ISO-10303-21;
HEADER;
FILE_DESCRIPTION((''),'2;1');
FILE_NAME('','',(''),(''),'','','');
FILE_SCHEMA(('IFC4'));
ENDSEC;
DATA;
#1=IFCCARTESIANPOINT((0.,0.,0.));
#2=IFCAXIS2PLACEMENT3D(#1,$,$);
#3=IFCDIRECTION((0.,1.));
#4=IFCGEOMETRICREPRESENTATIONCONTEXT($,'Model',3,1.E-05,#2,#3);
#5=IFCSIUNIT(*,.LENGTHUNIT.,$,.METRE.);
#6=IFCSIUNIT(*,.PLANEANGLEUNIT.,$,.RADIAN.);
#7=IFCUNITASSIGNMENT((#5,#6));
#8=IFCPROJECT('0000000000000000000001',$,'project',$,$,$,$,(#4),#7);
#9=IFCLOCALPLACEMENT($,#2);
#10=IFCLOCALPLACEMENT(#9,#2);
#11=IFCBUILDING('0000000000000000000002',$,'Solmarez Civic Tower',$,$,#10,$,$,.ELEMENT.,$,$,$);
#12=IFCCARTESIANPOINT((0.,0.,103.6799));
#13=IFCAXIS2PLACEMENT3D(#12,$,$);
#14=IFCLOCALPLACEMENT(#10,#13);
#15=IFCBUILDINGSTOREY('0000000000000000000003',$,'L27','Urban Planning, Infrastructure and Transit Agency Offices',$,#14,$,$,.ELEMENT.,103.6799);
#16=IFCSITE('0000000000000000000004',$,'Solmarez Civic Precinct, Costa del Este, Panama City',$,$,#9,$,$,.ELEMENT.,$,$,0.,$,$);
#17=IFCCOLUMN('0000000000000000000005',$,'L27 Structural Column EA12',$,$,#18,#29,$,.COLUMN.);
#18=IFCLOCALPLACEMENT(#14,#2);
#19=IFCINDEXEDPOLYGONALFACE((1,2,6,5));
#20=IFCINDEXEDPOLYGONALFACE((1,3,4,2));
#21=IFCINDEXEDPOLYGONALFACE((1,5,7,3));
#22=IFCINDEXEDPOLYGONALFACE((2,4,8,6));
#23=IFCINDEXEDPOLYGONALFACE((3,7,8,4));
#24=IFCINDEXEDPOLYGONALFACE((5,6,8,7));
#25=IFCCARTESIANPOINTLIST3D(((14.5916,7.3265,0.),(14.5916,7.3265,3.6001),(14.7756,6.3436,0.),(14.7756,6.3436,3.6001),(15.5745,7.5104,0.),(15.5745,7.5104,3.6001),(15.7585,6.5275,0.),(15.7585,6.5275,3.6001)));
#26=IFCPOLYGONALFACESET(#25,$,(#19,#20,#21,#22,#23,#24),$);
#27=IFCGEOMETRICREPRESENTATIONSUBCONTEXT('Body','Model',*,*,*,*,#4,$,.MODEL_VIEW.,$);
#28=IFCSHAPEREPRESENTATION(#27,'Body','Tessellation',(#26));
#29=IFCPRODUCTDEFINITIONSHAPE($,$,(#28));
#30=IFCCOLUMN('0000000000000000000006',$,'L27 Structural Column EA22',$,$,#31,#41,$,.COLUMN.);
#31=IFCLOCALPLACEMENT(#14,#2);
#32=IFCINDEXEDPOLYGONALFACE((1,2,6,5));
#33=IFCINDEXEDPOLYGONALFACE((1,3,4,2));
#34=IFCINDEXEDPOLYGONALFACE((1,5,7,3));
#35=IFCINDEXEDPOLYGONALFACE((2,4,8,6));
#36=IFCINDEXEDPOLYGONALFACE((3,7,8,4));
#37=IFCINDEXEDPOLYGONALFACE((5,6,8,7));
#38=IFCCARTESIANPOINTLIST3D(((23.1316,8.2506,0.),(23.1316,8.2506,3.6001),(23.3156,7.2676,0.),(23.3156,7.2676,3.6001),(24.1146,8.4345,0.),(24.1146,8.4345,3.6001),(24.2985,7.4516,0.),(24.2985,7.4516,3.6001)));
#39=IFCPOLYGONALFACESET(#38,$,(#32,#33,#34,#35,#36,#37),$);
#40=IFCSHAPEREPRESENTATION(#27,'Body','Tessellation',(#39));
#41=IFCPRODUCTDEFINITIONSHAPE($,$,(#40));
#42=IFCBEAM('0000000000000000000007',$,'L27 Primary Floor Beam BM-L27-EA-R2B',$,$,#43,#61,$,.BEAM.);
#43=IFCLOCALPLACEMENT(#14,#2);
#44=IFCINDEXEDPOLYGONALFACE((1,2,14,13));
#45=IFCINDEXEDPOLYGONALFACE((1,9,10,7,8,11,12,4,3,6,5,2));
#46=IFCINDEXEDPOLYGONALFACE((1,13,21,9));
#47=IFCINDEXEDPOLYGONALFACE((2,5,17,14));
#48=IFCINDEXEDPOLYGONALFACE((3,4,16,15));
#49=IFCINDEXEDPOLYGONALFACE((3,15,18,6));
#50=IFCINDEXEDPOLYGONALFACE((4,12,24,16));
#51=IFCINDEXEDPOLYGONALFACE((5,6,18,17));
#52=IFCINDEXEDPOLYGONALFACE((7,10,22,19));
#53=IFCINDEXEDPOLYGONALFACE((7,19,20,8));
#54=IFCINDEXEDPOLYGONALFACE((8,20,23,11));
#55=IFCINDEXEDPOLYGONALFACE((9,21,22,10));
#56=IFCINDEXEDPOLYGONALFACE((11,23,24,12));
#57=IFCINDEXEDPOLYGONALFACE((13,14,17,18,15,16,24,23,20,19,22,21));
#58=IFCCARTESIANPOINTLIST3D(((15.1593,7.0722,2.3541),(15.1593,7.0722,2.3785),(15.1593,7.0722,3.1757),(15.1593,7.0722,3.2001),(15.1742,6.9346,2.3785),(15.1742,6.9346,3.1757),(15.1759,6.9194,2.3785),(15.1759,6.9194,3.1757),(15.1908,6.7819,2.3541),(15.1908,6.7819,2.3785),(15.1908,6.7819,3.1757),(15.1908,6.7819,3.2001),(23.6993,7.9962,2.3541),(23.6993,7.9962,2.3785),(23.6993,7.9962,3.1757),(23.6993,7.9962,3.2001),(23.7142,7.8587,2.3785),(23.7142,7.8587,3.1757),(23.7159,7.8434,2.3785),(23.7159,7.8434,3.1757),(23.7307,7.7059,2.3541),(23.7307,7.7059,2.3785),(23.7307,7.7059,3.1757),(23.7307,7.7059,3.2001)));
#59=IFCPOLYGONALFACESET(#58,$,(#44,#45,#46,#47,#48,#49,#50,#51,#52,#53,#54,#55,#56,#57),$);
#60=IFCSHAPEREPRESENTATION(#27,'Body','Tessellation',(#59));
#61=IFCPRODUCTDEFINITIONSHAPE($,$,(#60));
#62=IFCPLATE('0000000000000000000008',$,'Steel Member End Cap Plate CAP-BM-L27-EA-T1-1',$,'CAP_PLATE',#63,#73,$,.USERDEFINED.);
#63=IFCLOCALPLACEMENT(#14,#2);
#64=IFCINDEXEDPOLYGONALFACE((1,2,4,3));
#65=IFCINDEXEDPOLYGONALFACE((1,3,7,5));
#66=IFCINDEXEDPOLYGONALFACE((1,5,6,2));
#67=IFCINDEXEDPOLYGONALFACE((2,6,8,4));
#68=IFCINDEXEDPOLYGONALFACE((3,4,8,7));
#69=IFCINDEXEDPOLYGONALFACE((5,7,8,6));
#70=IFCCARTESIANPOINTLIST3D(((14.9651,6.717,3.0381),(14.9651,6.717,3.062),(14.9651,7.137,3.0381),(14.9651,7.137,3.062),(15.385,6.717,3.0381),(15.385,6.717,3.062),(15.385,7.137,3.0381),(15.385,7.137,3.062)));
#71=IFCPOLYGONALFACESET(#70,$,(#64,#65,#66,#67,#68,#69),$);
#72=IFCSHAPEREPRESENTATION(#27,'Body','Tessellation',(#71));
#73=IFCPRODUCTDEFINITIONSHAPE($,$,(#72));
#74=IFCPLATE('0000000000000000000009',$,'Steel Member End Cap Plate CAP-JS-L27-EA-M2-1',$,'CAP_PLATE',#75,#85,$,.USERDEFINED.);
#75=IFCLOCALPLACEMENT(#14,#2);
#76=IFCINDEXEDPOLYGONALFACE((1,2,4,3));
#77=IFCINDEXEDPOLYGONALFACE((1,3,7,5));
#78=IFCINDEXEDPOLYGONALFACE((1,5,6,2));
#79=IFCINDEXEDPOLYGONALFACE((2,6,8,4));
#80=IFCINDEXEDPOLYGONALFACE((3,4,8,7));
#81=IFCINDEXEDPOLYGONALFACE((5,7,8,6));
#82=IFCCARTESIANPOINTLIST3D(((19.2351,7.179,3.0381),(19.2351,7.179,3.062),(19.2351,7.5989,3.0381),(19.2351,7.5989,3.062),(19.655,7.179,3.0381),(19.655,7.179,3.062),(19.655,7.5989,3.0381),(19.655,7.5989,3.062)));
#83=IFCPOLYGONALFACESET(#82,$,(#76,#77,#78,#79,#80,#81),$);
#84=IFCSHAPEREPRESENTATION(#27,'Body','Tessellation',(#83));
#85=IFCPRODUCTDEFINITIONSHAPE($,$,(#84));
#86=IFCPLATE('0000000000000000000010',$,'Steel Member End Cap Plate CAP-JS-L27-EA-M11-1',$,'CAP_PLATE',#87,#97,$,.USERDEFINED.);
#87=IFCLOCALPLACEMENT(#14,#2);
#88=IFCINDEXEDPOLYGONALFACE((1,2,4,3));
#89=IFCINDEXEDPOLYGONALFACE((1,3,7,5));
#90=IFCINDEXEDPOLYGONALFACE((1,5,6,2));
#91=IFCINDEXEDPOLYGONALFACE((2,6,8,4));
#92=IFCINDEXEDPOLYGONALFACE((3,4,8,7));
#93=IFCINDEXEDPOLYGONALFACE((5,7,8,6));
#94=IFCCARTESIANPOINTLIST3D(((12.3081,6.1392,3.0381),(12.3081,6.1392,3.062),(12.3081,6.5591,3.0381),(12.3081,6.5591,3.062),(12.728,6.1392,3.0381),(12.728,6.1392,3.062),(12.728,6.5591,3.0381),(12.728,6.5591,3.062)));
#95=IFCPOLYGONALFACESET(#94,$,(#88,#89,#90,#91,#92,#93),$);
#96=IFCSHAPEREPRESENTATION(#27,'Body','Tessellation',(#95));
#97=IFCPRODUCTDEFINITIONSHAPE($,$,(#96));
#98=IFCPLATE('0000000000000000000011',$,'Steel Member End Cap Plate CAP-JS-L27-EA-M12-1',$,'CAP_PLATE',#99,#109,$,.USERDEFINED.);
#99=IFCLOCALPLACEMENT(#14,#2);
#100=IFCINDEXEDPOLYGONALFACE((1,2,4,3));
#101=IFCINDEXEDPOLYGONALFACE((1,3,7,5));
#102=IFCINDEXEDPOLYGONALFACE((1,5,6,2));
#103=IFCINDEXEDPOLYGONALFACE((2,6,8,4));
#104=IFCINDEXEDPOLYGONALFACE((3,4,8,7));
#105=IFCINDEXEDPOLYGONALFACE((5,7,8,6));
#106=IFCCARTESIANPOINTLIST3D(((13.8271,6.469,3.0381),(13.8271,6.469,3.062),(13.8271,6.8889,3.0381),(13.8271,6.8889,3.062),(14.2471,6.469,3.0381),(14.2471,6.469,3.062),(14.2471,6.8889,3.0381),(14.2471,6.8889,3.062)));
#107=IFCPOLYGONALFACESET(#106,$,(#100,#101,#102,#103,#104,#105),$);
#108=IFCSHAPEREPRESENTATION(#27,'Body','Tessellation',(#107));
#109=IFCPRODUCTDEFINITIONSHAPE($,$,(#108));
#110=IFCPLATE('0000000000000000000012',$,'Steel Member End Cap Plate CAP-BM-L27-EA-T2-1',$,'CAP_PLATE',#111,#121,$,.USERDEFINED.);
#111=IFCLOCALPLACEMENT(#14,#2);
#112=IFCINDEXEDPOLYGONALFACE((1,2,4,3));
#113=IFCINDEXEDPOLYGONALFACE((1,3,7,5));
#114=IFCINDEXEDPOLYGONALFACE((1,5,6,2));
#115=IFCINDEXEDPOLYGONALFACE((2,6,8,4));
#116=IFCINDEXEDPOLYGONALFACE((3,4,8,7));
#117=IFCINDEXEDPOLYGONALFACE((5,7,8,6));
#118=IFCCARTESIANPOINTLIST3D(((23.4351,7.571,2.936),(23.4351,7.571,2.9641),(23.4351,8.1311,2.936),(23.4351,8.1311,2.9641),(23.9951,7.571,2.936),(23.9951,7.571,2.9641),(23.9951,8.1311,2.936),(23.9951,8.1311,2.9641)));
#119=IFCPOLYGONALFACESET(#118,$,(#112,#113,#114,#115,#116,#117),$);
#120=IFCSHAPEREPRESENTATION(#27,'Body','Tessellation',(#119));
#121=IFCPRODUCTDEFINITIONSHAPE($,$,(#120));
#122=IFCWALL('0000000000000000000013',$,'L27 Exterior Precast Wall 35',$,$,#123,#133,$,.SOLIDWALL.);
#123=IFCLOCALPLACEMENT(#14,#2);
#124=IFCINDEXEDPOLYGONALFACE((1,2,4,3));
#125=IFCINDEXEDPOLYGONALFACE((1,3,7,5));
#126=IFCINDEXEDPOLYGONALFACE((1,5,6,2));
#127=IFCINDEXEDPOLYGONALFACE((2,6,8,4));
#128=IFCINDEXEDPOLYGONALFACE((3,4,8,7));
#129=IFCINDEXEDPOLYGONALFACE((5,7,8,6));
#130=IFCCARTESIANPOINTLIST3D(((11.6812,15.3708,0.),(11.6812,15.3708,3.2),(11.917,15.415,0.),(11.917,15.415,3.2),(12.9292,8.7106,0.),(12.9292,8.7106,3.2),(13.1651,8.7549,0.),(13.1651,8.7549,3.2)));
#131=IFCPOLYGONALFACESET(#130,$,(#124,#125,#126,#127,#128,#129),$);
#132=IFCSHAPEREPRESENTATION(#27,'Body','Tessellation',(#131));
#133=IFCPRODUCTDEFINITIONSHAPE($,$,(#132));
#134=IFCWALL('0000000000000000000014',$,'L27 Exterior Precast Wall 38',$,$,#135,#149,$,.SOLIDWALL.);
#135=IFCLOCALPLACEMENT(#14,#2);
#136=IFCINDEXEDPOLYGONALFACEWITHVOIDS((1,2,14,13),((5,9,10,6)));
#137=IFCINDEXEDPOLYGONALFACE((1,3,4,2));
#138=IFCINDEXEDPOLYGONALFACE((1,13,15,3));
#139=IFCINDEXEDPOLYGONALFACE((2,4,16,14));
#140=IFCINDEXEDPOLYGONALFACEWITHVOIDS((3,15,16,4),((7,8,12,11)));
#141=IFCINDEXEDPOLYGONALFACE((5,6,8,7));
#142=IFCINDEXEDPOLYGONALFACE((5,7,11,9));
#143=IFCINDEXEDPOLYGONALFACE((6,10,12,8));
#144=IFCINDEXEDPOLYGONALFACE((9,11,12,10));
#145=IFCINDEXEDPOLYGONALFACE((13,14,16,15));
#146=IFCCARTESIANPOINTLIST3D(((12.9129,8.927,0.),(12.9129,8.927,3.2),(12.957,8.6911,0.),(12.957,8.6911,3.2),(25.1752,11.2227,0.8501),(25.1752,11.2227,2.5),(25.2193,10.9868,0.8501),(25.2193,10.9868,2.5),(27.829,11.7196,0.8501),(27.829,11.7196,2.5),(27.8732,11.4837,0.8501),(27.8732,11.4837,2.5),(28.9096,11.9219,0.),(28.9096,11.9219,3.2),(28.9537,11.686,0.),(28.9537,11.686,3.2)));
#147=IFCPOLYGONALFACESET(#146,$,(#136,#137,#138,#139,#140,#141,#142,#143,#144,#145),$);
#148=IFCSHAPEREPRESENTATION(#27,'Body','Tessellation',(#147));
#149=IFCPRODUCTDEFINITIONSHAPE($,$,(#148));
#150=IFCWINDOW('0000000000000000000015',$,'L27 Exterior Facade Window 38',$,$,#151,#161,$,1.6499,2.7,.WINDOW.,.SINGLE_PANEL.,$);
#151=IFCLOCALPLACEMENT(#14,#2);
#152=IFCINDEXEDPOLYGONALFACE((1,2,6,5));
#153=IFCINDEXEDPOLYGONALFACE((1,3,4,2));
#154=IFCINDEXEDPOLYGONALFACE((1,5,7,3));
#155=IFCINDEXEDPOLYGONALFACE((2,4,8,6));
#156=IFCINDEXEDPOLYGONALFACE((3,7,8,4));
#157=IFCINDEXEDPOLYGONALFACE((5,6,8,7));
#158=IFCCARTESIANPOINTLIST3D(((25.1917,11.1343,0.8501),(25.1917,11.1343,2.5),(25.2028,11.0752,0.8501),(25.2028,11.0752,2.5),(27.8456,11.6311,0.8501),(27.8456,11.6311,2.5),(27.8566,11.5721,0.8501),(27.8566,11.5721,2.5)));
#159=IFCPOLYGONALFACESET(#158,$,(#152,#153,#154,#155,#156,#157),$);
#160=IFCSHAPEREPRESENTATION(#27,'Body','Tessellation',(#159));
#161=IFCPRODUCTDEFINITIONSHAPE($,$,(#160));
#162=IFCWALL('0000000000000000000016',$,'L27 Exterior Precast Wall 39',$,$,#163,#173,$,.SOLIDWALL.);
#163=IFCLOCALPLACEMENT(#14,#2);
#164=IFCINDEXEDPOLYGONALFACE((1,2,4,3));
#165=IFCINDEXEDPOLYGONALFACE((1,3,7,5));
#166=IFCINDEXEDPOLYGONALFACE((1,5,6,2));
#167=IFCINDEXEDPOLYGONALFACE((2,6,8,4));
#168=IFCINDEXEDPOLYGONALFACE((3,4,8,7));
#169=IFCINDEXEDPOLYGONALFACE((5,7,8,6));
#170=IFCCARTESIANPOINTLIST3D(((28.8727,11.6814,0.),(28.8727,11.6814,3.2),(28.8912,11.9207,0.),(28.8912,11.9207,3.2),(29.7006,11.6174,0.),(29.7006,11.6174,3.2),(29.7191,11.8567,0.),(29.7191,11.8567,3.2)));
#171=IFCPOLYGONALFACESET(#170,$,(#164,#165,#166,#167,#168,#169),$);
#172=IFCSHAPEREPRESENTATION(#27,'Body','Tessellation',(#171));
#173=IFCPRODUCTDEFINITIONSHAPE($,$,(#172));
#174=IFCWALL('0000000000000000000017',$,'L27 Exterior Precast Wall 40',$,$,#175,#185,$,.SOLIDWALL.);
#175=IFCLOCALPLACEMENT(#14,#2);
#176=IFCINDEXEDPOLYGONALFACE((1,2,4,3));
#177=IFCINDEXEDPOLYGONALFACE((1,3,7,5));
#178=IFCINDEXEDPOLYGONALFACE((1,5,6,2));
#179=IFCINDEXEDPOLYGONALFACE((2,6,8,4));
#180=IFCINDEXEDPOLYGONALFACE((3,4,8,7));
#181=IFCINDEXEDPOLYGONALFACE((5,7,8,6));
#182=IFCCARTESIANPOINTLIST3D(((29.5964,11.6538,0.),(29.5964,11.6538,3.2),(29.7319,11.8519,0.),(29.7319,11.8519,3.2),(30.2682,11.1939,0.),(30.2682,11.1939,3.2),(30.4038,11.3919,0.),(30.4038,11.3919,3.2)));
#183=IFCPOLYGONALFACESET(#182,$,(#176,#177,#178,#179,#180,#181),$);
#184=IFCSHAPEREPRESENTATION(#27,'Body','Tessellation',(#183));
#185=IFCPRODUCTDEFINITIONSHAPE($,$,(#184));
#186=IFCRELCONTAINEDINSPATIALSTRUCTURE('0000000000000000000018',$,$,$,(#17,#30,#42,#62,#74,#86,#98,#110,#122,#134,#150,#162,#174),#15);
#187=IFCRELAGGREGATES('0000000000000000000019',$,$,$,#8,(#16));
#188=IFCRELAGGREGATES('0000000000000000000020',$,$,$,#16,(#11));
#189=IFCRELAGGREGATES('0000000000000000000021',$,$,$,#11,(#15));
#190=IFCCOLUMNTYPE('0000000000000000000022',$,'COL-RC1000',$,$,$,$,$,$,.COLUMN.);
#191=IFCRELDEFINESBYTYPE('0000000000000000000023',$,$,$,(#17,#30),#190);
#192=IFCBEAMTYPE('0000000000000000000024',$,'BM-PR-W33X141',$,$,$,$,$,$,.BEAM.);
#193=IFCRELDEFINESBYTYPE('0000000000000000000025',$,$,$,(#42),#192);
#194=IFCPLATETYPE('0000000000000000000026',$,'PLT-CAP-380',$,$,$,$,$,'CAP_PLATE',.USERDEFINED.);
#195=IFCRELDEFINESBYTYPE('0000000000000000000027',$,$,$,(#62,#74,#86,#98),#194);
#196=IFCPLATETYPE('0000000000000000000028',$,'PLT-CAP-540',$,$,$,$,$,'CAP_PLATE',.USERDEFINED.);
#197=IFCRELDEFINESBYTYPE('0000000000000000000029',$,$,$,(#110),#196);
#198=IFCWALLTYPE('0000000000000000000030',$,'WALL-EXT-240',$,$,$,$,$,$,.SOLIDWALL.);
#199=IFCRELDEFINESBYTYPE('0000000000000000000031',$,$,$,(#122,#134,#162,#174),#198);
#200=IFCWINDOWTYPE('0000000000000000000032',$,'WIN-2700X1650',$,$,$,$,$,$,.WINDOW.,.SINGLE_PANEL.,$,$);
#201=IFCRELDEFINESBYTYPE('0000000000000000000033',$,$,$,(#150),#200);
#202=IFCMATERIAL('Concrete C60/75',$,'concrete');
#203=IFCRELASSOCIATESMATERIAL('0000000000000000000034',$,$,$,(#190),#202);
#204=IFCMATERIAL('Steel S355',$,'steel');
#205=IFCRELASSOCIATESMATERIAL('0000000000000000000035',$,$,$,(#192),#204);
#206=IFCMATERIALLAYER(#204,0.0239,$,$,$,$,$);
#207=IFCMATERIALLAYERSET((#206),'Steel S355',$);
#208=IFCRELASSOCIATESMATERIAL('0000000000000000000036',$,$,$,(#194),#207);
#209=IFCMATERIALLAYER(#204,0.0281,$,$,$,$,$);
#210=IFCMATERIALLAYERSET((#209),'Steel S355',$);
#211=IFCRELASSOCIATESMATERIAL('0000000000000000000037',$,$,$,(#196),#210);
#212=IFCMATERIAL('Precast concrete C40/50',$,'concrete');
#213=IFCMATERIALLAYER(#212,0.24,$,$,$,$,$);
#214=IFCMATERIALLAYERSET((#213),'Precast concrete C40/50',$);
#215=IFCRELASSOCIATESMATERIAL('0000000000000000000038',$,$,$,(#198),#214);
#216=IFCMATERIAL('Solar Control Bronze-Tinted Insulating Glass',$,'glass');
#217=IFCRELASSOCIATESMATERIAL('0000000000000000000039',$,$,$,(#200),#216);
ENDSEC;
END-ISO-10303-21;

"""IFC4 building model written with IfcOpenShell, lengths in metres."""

from ifc_helpers import new_model, si_unit, direction, frame, frame_2d, origin, origin_2d, place, context, subcontext, project, spatial, rectangle, i_section, extrude, material, layer, layer_set, material_profile, profile_set, type_object, element, fill, save


model = new_model("IFC4")

# Units and contexts
model_context = context("Model", 3, precision=1e-05, world=origin(), true_north=direction((0.0, 1.0)))
body_context = subcontext(model_context, "Body", "Model", "MODEL_VIEW")
ifc_project = project(units=[si_unit("LENGTHUNIT", "METRE"), si_unit("PLANEANGLEUNIT", "RADIAN")], contexts=[model_context])

# Site, building, storey
site_placement = place(None, origin())
site = spatial("IfcSite", under=ifc_project, at=site_placement, Name="Solmarez Civic Precinct, Costa del Este, Panama City", CompositionType="ELEMENT", RefElevation=0.0)
building_placement = place(site_placement, origin())
building = spatial("IfcBuilding", under=site, at=building_placement, Name="Solmarez Civic Tower", CompositionType="ELEMENT")
storey_placement = place(building_placement, frame((0.0, 0.0, 103.6799)))
storey = spatial("IfcBuildingStorey", under=building, at=storey_placement, Name="L27", Description="Urban Planning, Infrastructure and Transit Agency Offices", CompositionType="ELEMENT", Elevation=103.6799)

# Columns
ifc_material_1 = material(Name="Concrete C60/75", Category="concrete")
ifc_material_profile_1 = material_profile(ifc_material_1, rectangle(XDim=1.0, YDim=1.0, at=origin_2d()), Name="RC1000X1000")
ifc_profile_set_1 = profile_set([ifc_material_profile_1], Name="Concrete C60/75")
column_type = type_object("IfcColumnType", Name="COL-RC1000", PredefinedType="COLUMN", material=ifc_profile_set_1)
for number, where, z_axis, x_axis, name in (
    (1, (15.175, 6.927, 0.0), (0.0, 0.0, 1.0), (0.982935, 0.183951, 0.0), "L27 Structural Column EA12"),
    (2, (23.7151, 7.8511, 0.0), (0.0, 0.0, 1.0), (0.982935, 0.183951, 0.0), "L27 Structural Column EA22"),
):
    element("IfcColumn", number, at=place(storey_placement, frame(where, z_axis=z_axis, x_axis=x_axis)), inside=storey, type_object=column_type, Name=name, PredefinedType="COLUMN", context=body_context, shape_type="SweptSolid", body=[
        extrude(rectangle(XDim=1.0, YDim=1.0, at=origin_2d()), origin(), (0.0, 0.0, 1.0), 3.6001),
    ])

# Beam
ifc_material_2 = material(Name="Steel S355", Category="steel")
ifc_material_profile_2 = material_profile(ifc_material_2, i_section(OverallWidth=0.292, OverallDepth=0.8459, WebThickness=0.0154, FlangeThickness=0.0244, at=origin_2d()), Name="W33X141")
ifc_profile_set_2 = profile_set([ifc_material_profile_2], Name="Steel S355")
beam_type = type_object("IfcBeamType", Name="BM-PR-W33X141", PredefinedType="BEAM", material=ifc_profile_set_2)
beam_placement = place(storey_placement, frame((15.175, 6.927, 2.7771), z_axis=(0.994197, 0.107577, 0.0), x_axis=(-0.107577, 0.994197, 0.0)))
element("IfcBeam", 3, at=beam_placement, inside=storey, type_object=beam_type, Name="L27 Primary Floor Beam BM-L27-EA-R2B", PredefinedType="BEAM", context=body_context, shape_type="SweptSolid", body=[
    extrude(i_section(OverallWidth=0.292, OverallDepth=0.8459, WebThickness=0.0154, FlangeThickness=0.0244, at=origin_2d()), origin(), (0.0, 0.0, 1.0), 8.5898),
])

# Plates
ifc_layer_1 = layer(ifc_material_2, 0.0239)
ifc_layer_set_1 = layer_set([ifc_layer_1], Name="Steel S355")
plate_type_1 = type_object("IfcPlateType", Name="PLT-CAP-380", ElementType="CAP_PLATE", PredefinedType="USERDEFINED", material=ifc_layer_set_1)
for number, where, z_axis, x_axis, name in (
    (4, (15.175, 6.927, 3.0381), (0.0, 0.0, 1.0), (1.0, 0.0, 0.0), "Steel Member End Cap Plate CAP-BM-L27-EA-T1-1"),
    (5, (19.4451, 7.3889, 3.0381), (0.0, 0.0, 1.0), (1.0, 0.0, 0.0), "Steel Member End Cap Plate CAP-JS-L27-EA-M2-1"),
    (6, (12.5181, 6.3491, 3.0381), (0.0, 0.0, 1.0), (1.0, 0.0, 0.0), "Steel Member End Cap Plate CAP-JS-L27-EA-M11-1"),
    (7, (14.0371, 6.679, 3.0381), (0.0, 0.0, 1.0), (1.0, 0.0, 0.0), "Steel Member End Cap Plate CAP-JS-L27-EA-M12-1"),
):
    element("IfcPlate", number, at=place(storey_placement, frame(where, z_axis=z_axis, x_axis=x_axis)), inside=storey, type_object=plate_type_1, Name=name, ObjectType="CAP_PLATE", PredefinedType="USERDEFINED", context=body_context, shape_type="SweptSolid", body=[
        extrude(rectangle(XDim=0.4199, YDim=0.4199, at=origin_2d()), origin(), (0.0, 0.0, 1.0), 0.0239),
    ])
ifc_layer_2 = layer(ifc_material_2, 0.0281)
ifc_layer_set_2 = layer_set([ifc_layer_2], Name="Steel S355")
plate_type_2 = type_object("IfcPlateType", Name="PLT-CAP-540", ElementType="CAP_PLATE", PredefinedType="USERDEFINED", material=ifc_layer_set_2)
plate_placement = place(storey_placement, frame((23.7151, 7.8511, 2.936), z_axis=(0.0, 0.0, 1.0), x_axis=(1.0, 0.0, 0.0)))
element("IfcPlate", 8, at=plate_placement, inside=storey, type_object=plate_type_2, Name="Steel Member End Cap Plate CAP-BM-L27-EA-T2-1", ObjectType="CAP_PLATE", PredefinedType="USERDEFINED", context=body_context, shape_type="SweptSolid", body=[
    extrude(rectangle(XDim=0.5601, YDim=0.5601, at=origin_2d()), origin(), (0.0, 0.0, 1.0), 0.0281),
])

# Wall
ifc_material_3 = material(Name="Precast concrete C40/50", Category="concrete")
ifc_layer_3 = layer(ifc_material_3, 0.24)
ifc_layer_set_3 = layer_set([ifc_layer_3], Name="Precast concrete C40/50")
wall_type_1 = type_object("IfcWallType", Name="WALL-EXT-240", PredefinedType="SOLIDWALL", material=ifc_layer_set_3)
wall_1_placement = place(storey_placement, frame((11.7991, 15.3931, 0.0), z_axis=(0.0, 0.0, 1.0), x_axis=(0.184184, -0.982892, 0.0)))
element("IfcWall", 9, at=wall_1_placement, inside=storey, type_object=wall_type_1, Name="L27 Exterior Precast Wall 35", PredefinedType="SOLIDWALL", context=body_context, shape_type="SweptSolid", body=[
    extrude(rectangle(XDim=6.7761, YDim=0.24, at=frame_2d((3.3882, 0.0))), origin(), (0.0, 0.0, 1.0), 3.2),
])

# Wall, opening, window
wall_2_placement = place(storey_placement, frame((12.9351, 8.8091, 0.0), z_axis=(0.0, 0.0, 1.0), x_axis=(0.982923, 0.18402, 0.0)))
wall_2 = element("IfcWall", 10, at=wall_2_placement, inside=storey, type_object=wall_type_1, Name="L27 Exterior Precast Wall 38", PredefinedType="SOLIDWALL", context=body_context, shape_type="SweptSolid", body=[
    extrude(rectangle(XDim=16.2747, YDim=0.24, at=frame_2d((8.1372, 0.0))), origin(), (0.0, 0.0, 1.0), 3.2),
])
opening_1_placement = place(wall_2_placement, frame((12.4751, 0.0, 0.8501)))
opening_1 = element("IfcOpeningElement", 11, at=opening_1_placement, cuts=wall_2, PredefinedType="OPENING", context=body_context, shape_type="SweptSolid", body=[
    extrude(rectangle(XDim=2.7, YDim=1.6499, at=frame_2d((1.3501, 0.825))), frame((0.0, 0.1299, 0.0), z_axis=(0.0, -1.0, 0.0), x_axis=(1.0, 0.0, 0.0)), (0.0, 0.0, 1.0), 0.26),
])
ifc_material_4 = material(Name="Solar Control Bronze-Tinted Insulating Glass", Category="glass")
window_type_1 = type_object("IfcWindowType", Name="WIN-2700X1650", PartitioningType="SINGLE_PANEL", PredefinedType="WINDOW", material=ifc_material_4)
window_1_placement = place(opening_1_placement, origin())
window_1 = element("IfcWindow", 12, at=window_1_placement, inside=storey, type_object=window_type_1, Name="L27 Exterior Facade Window 38", OverallHeight=1.6499, OverallWidth=2.7, PartitioningType="SINGLE_PANEL", PredefinedType="WINDOW", context=body_context, shape_type="SweptSolid", body=[
    extrude(rectangle(XDim=2.7, YDim=1.6499, at=frame_2d((1.3501, 0.825))), frame((0.0, 0.03, 0.0), z_axis=(0.0, -1.0, 0.0), x_axis=(1.0, 0.0, 0.0)), (0.0, 0.0, 1.0), 0.0601),
])
fill(opening_1, window_1)

# Walls
wall_3_placement = place(storey_placement, frame((28.8821, 11.801, 0.0), z_axis=(0.0, 0.0, 1.0), x_axis=(0.997028, -0.077034, 0.0)))
element("IfcWall", 13, at=wall_3_placement, inside=storey, type_object=wall_type_1, Name="L27 Exterior Precast Wall 39", PredefinedType="SOLIDWALL", context=body_context, shape_type="SweptSolid", body=[
    extrude(rectangle(XDim=0.8303, YDim=0.24, at=frame_2d((0.415, 0.0))), origin(), (0.0, 0.0, 1.0), 3.2),
])
wall_4_placement = place(storey_placement, frame((29.6641, 11.7529, 0.0), z_axis=(0.0, 0.0, 1.0), x_axis=(0.82516, -0.564899, 0.0)))
element("IfcWall", 14, at=wall_4_placement, inside=storey, type_object=wall_type_1, Name="L27 Exterior Precast Wall 40", PredefinedType="SOLIDWALL", context=body_context, shape_type="SweptSolid", body=[
    extrude(rectangle(XDim=0.8142, YDim=0.24, at=frame_2d((0.4072, 0.0))), origin(), (0.0, 0.0, 1.0), 3.2),
])

save(model, "model.ifc")
